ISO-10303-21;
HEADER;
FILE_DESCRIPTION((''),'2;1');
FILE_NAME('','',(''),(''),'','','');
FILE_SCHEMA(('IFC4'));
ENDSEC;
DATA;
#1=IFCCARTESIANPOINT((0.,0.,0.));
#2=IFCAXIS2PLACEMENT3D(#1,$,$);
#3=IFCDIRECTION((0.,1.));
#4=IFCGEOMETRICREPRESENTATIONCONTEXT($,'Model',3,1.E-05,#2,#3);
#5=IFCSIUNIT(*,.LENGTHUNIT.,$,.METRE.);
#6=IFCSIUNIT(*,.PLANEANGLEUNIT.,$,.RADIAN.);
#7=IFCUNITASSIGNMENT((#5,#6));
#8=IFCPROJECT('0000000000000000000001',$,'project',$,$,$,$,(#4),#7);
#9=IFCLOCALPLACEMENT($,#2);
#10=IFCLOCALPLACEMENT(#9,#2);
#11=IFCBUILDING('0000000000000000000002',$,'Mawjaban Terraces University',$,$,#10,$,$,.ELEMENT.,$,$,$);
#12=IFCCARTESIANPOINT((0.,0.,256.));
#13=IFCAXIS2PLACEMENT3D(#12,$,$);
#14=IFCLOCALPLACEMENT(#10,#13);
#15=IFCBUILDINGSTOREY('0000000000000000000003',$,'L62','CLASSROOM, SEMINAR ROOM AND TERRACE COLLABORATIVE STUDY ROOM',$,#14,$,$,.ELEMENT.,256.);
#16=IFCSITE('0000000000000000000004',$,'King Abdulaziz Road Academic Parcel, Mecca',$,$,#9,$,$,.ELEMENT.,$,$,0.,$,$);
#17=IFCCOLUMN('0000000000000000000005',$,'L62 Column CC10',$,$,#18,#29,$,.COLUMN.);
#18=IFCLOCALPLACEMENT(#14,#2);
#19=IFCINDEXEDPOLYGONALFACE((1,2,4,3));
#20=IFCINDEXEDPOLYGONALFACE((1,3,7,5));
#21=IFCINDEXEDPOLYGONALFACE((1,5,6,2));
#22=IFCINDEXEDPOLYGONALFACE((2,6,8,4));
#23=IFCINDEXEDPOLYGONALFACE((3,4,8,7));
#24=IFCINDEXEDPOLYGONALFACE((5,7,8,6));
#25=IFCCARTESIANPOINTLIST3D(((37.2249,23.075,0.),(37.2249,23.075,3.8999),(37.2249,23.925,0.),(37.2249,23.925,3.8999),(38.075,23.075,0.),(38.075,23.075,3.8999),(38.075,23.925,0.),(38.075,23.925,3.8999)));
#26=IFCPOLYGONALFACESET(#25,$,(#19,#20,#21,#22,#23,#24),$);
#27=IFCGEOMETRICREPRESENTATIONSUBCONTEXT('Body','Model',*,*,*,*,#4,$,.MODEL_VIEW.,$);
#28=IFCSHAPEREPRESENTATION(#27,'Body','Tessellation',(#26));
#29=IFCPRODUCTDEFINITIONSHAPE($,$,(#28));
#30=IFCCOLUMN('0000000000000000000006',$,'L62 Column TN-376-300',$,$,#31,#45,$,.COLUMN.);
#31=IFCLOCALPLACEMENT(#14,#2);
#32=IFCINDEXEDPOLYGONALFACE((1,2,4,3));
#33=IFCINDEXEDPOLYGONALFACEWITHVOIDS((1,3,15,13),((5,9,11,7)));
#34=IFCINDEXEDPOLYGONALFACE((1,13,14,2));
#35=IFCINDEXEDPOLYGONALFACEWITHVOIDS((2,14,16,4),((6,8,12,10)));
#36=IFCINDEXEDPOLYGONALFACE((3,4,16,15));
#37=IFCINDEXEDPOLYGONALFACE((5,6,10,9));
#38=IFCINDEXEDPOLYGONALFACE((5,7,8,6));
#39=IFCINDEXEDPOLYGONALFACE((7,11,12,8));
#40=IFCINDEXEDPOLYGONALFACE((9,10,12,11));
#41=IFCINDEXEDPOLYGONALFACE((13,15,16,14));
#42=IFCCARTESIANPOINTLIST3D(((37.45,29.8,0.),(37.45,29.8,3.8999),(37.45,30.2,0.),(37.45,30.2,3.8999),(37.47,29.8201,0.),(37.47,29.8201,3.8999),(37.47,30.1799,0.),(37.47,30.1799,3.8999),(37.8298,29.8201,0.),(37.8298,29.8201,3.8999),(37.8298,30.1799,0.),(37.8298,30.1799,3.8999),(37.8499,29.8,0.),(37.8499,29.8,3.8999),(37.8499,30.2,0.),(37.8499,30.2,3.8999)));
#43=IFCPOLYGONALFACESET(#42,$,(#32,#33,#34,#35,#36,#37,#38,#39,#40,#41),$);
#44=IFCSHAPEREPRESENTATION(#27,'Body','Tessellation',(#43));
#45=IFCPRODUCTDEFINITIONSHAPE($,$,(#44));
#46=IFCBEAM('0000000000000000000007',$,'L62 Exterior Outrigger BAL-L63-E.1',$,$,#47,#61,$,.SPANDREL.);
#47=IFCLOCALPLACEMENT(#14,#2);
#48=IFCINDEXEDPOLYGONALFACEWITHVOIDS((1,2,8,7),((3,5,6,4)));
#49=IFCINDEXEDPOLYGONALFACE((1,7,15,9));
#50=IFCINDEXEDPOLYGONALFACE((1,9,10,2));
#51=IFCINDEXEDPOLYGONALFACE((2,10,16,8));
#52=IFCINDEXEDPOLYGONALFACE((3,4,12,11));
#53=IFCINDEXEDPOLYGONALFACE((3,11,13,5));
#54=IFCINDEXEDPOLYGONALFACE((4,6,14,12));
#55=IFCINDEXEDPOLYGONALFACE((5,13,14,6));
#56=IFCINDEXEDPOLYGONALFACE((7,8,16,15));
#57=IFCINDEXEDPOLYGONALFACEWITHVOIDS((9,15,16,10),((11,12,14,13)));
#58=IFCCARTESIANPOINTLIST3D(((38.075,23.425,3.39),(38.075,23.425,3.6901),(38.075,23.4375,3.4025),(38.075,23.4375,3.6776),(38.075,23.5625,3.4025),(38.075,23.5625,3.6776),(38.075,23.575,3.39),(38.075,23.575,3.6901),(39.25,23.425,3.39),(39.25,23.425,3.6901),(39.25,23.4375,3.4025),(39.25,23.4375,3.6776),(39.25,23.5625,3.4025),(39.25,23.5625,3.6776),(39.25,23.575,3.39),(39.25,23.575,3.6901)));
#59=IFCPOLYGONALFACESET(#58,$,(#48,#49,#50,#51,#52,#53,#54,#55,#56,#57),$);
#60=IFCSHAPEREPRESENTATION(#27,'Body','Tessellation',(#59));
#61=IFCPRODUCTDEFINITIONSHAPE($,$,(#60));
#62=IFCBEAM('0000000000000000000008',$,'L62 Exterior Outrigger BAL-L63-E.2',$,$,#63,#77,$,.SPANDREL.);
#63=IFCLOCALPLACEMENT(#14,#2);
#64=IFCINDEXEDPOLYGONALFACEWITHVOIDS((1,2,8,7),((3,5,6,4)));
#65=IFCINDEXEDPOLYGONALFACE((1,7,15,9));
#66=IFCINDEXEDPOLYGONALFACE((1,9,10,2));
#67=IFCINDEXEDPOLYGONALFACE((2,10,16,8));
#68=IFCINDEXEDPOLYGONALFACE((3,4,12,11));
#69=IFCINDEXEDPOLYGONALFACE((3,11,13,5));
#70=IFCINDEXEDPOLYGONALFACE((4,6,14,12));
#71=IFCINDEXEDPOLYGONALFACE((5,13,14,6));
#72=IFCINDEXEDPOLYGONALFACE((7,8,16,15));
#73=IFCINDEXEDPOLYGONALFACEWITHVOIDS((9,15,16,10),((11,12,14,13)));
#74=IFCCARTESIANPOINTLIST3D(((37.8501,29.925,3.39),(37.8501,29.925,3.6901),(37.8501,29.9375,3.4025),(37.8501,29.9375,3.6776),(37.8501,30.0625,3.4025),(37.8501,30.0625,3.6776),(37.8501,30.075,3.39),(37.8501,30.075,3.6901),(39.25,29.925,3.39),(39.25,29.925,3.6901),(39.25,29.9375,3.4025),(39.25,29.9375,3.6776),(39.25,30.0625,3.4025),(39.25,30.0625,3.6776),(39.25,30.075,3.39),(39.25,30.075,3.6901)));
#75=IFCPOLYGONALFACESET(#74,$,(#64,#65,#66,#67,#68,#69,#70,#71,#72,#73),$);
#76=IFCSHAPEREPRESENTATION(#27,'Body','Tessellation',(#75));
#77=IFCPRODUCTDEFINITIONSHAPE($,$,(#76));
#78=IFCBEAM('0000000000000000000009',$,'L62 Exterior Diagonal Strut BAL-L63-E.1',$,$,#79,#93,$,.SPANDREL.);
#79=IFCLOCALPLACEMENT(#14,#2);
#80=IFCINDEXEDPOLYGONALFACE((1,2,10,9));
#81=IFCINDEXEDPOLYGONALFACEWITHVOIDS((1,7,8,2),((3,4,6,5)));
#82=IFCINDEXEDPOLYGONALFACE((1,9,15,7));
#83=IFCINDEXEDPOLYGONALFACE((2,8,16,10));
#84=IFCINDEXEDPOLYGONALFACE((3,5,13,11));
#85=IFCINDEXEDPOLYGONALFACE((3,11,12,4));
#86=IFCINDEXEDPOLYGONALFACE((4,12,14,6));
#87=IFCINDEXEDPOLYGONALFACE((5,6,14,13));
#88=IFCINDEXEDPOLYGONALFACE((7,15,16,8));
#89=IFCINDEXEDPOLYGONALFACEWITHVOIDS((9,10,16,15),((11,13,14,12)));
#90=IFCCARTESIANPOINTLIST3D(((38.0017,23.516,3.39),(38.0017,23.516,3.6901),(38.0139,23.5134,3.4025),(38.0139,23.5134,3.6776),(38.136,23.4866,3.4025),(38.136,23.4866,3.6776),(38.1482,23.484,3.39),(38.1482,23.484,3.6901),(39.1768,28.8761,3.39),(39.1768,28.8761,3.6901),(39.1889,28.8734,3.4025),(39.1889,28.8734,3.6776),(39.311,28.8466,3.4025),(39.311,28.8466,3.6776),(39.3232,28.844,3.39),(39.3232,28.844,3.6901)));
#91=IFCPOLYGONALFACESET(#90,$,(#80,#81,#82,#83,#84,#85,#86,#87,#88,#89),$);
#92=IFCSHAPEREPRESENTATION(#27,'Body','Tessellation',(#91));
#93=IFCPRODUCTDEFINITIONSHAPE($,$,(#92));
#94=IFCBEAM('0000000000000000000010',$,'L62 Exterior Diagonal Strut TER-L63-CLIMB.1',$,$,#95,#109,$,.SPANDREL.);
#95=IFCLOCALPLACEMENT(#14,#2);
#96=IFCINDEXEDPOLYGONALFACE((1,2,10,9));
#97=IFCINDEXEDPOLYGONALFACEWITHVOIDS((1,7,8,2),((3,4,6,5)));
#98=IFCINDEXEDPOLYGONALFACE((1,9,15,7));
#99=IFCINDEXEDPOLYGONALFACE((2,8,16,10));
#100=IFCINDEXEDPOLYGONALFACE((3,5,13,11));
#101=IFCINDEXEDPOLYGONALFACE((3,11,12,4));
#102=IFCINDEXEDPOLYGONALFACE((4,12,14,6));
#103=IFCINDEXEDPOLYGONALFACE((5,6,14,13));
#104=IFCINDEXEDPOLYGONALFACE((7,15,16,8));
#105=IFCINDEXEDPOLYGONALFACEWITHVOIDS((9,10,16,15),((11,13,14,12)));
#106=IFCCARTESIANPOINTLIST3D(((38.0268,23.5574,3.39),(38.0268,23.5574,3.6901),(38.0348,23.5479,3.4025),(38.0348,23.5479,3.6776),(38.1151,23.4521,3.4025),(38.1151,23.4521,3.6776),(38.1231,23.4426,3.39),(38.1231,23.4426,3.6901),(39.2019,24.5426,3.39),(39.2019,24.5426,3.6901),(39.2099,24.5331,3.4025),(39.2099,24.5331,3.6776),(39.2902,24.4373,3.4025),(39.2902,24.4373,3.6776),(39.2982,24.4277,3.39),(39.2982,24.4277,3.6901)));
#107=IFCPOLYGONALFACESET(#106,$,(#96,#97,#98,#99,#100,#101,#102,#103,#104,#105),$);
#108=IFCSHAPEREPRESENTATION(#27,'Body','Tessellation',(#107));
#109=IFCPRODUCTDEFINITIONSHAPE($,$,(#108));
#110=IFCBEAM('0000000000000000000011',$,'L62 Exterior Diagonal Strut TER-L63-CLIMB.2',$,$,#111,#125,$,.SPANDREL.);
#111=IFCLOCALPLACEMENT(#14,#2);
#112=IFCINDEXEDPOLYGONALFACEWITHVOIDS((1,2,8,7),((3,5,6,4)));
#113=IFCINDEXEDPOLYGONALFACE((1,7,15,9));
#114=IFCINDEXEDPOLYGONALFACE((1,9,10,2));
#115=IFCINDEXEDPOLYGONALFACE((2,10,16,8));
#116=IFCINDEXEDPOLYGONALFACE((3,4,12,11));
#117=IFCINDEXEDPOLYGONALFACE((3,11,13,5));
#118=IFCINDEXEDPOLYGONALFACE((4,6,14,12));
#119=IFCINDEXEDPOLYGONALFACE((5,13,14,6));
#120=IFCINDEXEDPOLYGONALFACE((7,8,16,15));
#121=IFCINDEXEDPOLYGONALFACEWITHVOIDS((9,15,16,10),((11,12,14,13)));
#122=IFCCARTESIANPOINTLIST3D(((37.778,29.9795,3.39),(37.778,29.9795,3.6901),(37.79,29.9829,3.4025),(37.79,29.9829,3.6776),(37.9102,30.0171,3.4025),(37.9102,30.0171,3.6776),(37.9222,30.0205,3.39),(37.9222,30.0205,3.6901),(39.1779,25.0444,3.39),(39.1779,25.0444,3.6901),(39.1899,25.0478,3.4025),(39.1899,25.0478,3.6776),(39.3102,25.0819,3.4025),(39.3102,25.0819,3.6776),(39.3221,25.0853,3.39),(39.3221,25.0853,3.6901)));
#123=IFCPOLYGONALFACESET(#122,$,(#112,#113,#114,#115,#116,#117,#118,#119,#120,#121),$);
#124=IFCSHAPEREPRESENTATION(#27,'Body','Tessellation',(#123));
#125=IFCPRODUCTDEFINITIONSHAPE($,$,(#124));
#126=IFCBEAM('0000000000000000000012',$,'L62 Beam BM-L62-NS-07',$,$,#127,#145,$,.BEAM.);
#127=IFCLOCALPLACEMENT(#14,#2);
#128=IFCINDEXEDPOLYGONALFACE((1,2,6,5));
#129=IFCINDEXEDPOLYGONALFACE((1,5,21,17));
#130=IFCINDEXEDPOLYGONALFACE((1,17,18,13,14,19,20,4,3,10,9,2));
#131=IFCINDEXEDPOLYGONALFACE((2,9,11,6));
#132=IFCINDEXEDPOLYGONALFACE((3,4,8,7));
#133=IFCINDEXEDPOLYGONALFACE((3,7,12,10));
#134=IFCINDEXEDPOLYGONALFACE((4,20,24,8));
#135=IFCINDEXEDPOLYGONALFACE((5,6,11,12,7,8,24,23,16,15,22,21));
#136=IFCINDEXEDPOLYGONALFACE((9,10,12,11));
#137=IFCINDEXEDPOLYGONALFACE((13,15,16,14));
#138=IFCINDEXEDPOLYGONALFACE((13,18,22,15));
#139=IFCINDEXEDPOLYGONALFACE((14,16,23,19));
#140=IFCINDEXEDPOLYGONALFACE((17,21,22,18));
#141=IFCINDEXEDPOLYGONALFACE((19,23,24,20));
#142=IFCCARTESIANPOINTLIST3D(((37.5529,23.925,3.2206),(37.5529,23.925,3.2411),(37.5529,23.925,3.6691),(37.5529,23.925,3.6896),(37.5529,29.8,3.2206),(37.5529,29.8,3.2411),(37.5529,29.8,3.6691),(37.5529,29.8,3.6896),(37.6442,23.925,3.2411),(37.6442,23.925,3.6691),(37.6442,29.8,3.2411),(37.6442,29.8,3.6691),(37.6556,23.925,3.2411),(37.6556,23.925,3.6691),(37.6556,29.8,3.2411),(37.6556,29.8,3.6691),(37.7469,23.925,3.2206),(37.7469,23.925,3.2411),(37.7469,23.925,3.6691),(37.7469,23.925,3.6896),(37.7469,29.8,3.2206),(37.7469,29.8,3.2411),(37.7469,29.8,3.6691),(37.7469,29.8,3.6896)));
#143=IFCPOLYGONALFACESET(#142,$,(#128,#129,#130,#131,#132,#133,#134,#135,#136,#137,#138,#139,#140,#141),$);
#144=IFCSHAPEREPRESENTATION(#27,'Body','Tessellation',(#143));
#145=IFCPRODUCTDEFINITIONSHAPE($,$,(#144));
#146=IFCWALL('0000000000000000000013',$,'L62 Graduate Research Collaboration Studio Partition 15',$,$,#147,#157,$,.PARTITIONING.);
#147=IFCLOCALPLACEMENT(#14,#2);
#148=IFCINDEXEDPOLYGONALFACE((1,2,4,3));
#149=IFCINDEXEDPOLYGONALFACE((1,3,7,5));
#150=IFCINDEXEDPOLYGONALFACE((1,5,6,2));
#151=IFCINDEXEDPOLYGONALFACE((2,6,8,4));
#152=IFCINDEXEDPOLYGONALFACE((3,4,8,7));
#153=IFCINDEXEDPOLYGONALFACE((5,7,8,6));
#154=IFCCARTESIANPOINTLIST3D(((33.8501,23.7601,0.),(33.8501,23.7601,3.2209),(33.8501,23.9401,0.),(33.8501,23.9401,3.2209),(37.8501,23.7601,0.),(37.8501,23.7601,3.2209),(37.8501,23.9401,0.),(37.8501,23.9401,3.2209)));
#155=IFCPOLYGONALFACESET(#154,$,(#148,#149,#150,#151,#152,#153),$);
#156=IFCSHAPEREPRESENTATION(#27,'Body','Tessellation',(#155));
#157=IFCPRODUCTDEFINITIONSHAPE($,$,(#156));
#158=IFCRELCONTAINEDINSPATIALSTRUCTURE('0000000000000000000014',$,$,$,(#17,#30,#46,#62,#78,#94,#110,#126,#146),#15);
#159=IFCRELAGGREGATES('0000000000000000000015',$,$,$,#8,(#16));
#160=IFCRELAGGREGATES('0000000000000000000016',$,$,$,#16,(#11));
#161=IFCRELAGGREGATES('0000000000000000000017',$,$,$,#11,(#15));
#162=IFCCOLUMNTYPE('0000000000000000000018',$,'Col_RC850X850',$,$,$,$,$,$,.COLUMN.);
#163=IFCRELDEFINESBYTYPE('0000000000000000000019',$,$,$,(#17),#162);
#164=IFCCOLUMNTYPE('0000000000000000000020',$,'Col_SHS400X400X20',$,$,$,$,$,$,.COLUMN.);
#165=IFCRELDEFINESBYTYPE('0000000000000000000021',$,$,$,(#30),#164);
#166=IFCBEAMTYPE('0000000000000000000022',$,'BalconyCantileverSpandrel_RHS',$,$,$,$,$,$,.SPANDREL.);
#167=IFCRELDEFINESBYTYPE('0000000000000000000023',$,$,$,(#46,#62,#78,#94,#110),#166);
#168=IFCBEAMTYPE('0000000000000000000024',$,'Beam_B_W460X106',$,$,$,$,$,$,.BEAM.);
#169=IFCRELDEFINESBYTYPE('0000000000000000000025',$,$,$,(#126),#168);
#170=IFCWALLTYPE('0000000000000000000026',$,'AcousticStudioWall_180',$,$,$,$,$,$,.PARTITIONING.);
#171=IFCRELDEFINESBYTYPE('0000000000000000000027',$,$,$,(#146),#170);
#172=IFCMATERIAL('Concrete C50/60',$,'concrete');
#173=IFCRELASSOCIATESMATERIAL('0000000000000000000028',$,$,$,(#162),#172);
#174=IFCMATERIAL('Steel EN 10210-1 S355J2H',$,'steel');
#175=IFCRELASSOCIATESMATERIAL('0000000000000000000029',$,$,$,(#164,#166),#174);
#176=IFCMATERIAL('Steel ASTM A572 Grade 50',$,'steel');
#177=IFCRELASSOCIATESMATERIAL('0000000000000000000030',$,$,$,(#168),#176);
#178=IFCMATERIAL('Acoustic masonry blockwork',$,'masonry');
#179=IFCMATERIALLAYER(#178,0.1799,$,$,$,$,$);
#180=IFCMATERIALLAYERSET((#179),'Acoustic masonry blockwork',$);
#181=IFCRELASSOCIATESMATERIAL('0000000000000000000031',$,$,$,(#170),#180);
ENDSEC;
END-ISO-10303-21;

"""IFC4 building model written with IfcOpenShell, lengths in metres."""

from ifc_helpers import new_model, si_unit, direction, frame, frame_2d, origin, origin_2d, place, context, subcontext, project, spatial, rectangle, hollow_rectangle, i_section, extrude, material, layer, layer_set, material_profile, profile_set, type_object, element, save


model = new_model("IFC4")

# Units and contexts
model_context = context("Model", 3, precision=1e-05, world=origin(), true_north=direction((0.0, 1.0)))
body_context = subcontext(model_context, "Body", "Model", "MODEL_VIEW")
ifc_project = project(units=[si_unit("LENGTHUNIT", "METRE"), si_unit("PLANEANGLEUNIT", "RADIAN")], contexts=[model_context])

# Site, building, storey
site_placement = place(None, origin())
site = spatial("IfcSite", under=ifc_project, at=site_placement, Name="King Abdulaziz Road Academic Parcel, Mecca", CompositionType="ELEMENT", RefElevation=0.0)
building_placement = place(site_placement, origin())
building = spatial("IfcBuilding", under=site, at=building_placement, Name="Mawjaban Terraces University", CompositionType="ELEMENT")
storey_placement = place(building_placement, frame((0.0, 0.0, 256.0)))
storey = spatial("IfcBuildingStorey", under=building, at=storey_placement, Name="L62", Description="CLASSROOM, SEMINAR ROOM AND TERRACE COLLABORATIVE STUDY ROOM", CompositionType="ELEMENT", Elevation=256.0)

# Columns
ifc_material_1 = material(Name="Concrete C50/60", Category="concrete")
ifc_material_profile_1 = material_profile(ifc_material_1, rectangle(XDim=0.8501, YDim=0.8501, at=origin_2d()), Name="RC850X850")
ifc_profile_set_1 = profile_set([ifc_material_profile_1], Name="Concrete C50/60")
column_type_1 = type_object("IfcColumnType", Name="Col_RC850X850", PredefinedType="COLUMN", material=ifc_profile_set_1)
column_1_placement = place(storey_placement, frame((37.6499, 23.5, 0.0), z_axis=(0.0, 0.0, 1.0), x_axis=(1.0, 0.0, 0.0)))
element("IfcColumn", 1, at=column_1_placement, inside=storey, type_object=column_type_1, Name="L62 Column CC10", PredefinedType="COLUMN", context=body_context, shape_type="SweptSolid", body=[
    extrude(rectangle(XDim=0.8501, YDim=0.8501, at=origin_2d()), origin(), (0.0, 0.0, 1.0), 3.8999),
])
ifc_material_2 = material(Name="Steel EN 10210-1 S355J2H", Category="steel")
ifc_material_profile_2 = material_profile(ifc_material_2, hollow_rectangle(XDim=0.3999, YDim=0.3999, WallThickness=0.02, at=origin_2d()), Name="SHS400X400X20")
ifc_profile_set_2 = profile_set([ifc_material_profile_2], Name="Steel EN 10210-1 S355J2H")
column_type_2 = type_object("IfcColumnType", Name="Col_SHS400X400X20", PredefinedType="COLUMN", material=ifc_profile_set_2)
column_2_placement = place(storey_placement, frame((37.6499, 30.0, 0.0), z_axis=(0.0, 0.0, 1.0), x_axis=(1.0, 0.0, 0.0)))
element("IfcColumn", 2, at=column_2_placement, inside=storey, type_object=column_type_2, Name="L62 Column TN-376-300", PredefinedType="COLUMN", context=body_context, shape_type="SweptSolid", body=[
    extrude(hollow_rectangle(XDim=0.3999, YDim=0.3999, WallThickness=0.02, at=origin_2d()), origin(), (0.0, 0.0, 1.0), 3.8999),
])

# Beams
ifc_material_profile_3 = material_profile(ifc_material_2, hollow_rectangle(XDim=0.1499, YDim=0.3, WallThickness=0.0125, at=origin_2d()), Name="RHS300X150X12.5")
ifc_profile_set_3 = profile_set([ifc_material_profile_3], Name="Steel EN 10210-1 S355J2H")
beam_type_1 = type_object("IfcBeamType", Name="BalconyCantileverSpandrel_RHS", PredefinedType="SPANDREL", material=ifc_profile_set_3)
beam_1_placement = place(storey_placement, frame((38.075, 23.5, 3.54), z_axis=(1.0, 0.0, 0.0), x_axis=(0.0, 1.0, 0.0)))
element("IfcBeam", 3, at=beam_1_placement, inside=storey, type_object=beam_type_1, Name="L62 Exterior Outrigger BAL-L63-E.1", PredefinedType="SPANDREL", context=body_context, shape_type="SweptSolid", body=[
    extrude(hollow_rectangle(XDim=0.1499, YDim=0.3, WallThickness=0.0125, at=origin_2d()), origin(), (0.0, 0.0, 1.0), 1.175),
])
beam_2_placement = place(storey_placement, frame((37.8501, 30.0, 3.54), z_axis=(1.0, 0.0, 0.0), x_axis=(0.0, 1.0, 0.0)))
element("IfcBeam", 4, at=beam_2_placement, inside=storey, type_object=beam_type_1, Name="L62 Exterior Outrigger BAL-L63-E.2", PredefinedType="SPANDREL", context=body_context, shape_type="SweptSolid", body=[
    extrude(hollow_rectangle(XDim=0.1499, YDim=0.3, WallThickness=0.0125, at=origin_2d()), origin(), (0.0, 0.0, 1.0), 1.3999),
])
beam_3_placement = place(storey_placement, frame((38.075, 23.5, 3.54), z_axis=(0.214136, 0.976804, 0.0), x_axis=(-0.976804, 0.214136, 0.0)))
element("IfcBeam", 5, at=beam_3_placement, inside=storey, type_object=beam_type_1, Name="L62 Exterior Diagonal Strut BAL-L63-E.1", PredefinedType="SPANDREL", context=body_context, shape_type="SweptSolid", body=[
    extrude(hollow_rectangle(XDim=0.1499, YDim=0.3, WallThickness=0.0125, at=origin_2d()), origin(), (0.0, 0.0, 1.0), 5.4873),
])
beam_4_placement = place(storey_placement, frame((38.075, 23.5, 3.54), z_axis=(0.766326, 0.642452, 0.0), x_axis=(-0.642452, 0.766326, 0.0)))
element("IfcBeam", 6, at=beam_4_placement, inside=storey, type_object=beam_type_1, Name="L62 Exterior Diagonal Strut TER-L63-CLIMB.1", PredefinedType="SPANDREL", context=body_context, shape_type="SweptSolid", body=[
    extrude(hollow_rectangle(XDim=0.1499, YDim=0.3, WallThickness=0.0125, at=origin_2d()), origin(), (0.0, 0.0, 1.0), 1.5334),
])
beam_5_placement = place(storey_placement, frame((37.8501, 30.0, 3.54), z_axis=(0.272898, -0.962043, 0.0), x_axis=(0.962043, 0.272898, 0.0)))
element("IfcBeam", 7, at=beam_5_placement, inside=storey, type_object=beam_type_1, Name="L62 Exterior Diagonal Strut TER-L63-CLIMB.2", PredefinedType="SPANDREL", context=body_context, shape_type="SweptSolid", body=[
    extrude(hollow_rectangle(XDim=0.1499, YDim=0.3, WallThickness=0.0125, at=origin_2d()), origin(), (0.0, 0.0, 1.0), 5.1299),
])
ifc_material_3 = material(Name="Steel ASTM A572 Grade 50", Category="steel")
ifc_material_profile_4 = material_profile(ifc_material_3, i_section(OverallWidth=0.1941, OverallDepth=0.469, WebThickness=0.0115, FlangeThickness=0.0205, at=origin_2d()), Name="W460X106")
ifc_profile_set_4 = profile_set([ifc_material_profile_4], Name="Steel ASTM A572 Grade 50")
beam_type_2 = type_object("IfcBeamType", Name="Beam_B_W460X106", PredefinedType="BEAM", material=ifc_profile_set_4)
beam_6_placement = place(storey_placement, frame((37.6499, 23.925, 3.4551), z_axis=(0.0, 1.0, 0.0), x_axis=(-1.0, 0.0, 0.0)))
element("IfcBeam", 8, at=beam_6_placement, inside=storey, type_object=beam_type_2, Name="L62 Beam BM-L62-NS-07", PredefinedType="BEAM", context=body_context, shape_type="SweptSolid", body=[
    extrude(i_section(OverallWidth=0.1941, OverallDepth=0.469, WebThickness=0.0115, FlangeThickness=0.0205, at=origin_2d()), origin(), (0.0, 0.0, 1.0), 5.875),
])

# Wall
ifc_material_4 = material(Name="Acoustic masonry blockwork", Category="masonry")
ifc_layer_1 = layer(ifc_material_4, 0.1799)
ifc_layer_set_1 = layer_set([ifc_layer_1], Name="Acoustic masonry blockwork")
wall_type_1 = type_object("IfcWallType", Name="AcousticStudioWall_180", PredefinedType="PARTITIONING", material=ifc_layer_set_1)
wall_1_placement = place(storey_placement, frame((37.8501, 23.8501, 0.0), z_axis=(0.0, 0.0, 1.0), x_axis=(-1.0, 0.0, 0.0)))
element("IfcWall", 9, at=wall_1_placement, inside=storey, type_object=wall_type_1, Name="L62 Graduate Research Collaboration Studio Partition 15", PredefinedType="PARTITIONING", context=body_context, shape_type="SweptSolid", body=[
    extrude(rectangle(XDim=4.0, YDim=0.1799, at=frame_2d((2.0, 0.0))), origin(), (0.0, 0.0, 1.0), 3.2209),
])

save(model, "model.ifc")
